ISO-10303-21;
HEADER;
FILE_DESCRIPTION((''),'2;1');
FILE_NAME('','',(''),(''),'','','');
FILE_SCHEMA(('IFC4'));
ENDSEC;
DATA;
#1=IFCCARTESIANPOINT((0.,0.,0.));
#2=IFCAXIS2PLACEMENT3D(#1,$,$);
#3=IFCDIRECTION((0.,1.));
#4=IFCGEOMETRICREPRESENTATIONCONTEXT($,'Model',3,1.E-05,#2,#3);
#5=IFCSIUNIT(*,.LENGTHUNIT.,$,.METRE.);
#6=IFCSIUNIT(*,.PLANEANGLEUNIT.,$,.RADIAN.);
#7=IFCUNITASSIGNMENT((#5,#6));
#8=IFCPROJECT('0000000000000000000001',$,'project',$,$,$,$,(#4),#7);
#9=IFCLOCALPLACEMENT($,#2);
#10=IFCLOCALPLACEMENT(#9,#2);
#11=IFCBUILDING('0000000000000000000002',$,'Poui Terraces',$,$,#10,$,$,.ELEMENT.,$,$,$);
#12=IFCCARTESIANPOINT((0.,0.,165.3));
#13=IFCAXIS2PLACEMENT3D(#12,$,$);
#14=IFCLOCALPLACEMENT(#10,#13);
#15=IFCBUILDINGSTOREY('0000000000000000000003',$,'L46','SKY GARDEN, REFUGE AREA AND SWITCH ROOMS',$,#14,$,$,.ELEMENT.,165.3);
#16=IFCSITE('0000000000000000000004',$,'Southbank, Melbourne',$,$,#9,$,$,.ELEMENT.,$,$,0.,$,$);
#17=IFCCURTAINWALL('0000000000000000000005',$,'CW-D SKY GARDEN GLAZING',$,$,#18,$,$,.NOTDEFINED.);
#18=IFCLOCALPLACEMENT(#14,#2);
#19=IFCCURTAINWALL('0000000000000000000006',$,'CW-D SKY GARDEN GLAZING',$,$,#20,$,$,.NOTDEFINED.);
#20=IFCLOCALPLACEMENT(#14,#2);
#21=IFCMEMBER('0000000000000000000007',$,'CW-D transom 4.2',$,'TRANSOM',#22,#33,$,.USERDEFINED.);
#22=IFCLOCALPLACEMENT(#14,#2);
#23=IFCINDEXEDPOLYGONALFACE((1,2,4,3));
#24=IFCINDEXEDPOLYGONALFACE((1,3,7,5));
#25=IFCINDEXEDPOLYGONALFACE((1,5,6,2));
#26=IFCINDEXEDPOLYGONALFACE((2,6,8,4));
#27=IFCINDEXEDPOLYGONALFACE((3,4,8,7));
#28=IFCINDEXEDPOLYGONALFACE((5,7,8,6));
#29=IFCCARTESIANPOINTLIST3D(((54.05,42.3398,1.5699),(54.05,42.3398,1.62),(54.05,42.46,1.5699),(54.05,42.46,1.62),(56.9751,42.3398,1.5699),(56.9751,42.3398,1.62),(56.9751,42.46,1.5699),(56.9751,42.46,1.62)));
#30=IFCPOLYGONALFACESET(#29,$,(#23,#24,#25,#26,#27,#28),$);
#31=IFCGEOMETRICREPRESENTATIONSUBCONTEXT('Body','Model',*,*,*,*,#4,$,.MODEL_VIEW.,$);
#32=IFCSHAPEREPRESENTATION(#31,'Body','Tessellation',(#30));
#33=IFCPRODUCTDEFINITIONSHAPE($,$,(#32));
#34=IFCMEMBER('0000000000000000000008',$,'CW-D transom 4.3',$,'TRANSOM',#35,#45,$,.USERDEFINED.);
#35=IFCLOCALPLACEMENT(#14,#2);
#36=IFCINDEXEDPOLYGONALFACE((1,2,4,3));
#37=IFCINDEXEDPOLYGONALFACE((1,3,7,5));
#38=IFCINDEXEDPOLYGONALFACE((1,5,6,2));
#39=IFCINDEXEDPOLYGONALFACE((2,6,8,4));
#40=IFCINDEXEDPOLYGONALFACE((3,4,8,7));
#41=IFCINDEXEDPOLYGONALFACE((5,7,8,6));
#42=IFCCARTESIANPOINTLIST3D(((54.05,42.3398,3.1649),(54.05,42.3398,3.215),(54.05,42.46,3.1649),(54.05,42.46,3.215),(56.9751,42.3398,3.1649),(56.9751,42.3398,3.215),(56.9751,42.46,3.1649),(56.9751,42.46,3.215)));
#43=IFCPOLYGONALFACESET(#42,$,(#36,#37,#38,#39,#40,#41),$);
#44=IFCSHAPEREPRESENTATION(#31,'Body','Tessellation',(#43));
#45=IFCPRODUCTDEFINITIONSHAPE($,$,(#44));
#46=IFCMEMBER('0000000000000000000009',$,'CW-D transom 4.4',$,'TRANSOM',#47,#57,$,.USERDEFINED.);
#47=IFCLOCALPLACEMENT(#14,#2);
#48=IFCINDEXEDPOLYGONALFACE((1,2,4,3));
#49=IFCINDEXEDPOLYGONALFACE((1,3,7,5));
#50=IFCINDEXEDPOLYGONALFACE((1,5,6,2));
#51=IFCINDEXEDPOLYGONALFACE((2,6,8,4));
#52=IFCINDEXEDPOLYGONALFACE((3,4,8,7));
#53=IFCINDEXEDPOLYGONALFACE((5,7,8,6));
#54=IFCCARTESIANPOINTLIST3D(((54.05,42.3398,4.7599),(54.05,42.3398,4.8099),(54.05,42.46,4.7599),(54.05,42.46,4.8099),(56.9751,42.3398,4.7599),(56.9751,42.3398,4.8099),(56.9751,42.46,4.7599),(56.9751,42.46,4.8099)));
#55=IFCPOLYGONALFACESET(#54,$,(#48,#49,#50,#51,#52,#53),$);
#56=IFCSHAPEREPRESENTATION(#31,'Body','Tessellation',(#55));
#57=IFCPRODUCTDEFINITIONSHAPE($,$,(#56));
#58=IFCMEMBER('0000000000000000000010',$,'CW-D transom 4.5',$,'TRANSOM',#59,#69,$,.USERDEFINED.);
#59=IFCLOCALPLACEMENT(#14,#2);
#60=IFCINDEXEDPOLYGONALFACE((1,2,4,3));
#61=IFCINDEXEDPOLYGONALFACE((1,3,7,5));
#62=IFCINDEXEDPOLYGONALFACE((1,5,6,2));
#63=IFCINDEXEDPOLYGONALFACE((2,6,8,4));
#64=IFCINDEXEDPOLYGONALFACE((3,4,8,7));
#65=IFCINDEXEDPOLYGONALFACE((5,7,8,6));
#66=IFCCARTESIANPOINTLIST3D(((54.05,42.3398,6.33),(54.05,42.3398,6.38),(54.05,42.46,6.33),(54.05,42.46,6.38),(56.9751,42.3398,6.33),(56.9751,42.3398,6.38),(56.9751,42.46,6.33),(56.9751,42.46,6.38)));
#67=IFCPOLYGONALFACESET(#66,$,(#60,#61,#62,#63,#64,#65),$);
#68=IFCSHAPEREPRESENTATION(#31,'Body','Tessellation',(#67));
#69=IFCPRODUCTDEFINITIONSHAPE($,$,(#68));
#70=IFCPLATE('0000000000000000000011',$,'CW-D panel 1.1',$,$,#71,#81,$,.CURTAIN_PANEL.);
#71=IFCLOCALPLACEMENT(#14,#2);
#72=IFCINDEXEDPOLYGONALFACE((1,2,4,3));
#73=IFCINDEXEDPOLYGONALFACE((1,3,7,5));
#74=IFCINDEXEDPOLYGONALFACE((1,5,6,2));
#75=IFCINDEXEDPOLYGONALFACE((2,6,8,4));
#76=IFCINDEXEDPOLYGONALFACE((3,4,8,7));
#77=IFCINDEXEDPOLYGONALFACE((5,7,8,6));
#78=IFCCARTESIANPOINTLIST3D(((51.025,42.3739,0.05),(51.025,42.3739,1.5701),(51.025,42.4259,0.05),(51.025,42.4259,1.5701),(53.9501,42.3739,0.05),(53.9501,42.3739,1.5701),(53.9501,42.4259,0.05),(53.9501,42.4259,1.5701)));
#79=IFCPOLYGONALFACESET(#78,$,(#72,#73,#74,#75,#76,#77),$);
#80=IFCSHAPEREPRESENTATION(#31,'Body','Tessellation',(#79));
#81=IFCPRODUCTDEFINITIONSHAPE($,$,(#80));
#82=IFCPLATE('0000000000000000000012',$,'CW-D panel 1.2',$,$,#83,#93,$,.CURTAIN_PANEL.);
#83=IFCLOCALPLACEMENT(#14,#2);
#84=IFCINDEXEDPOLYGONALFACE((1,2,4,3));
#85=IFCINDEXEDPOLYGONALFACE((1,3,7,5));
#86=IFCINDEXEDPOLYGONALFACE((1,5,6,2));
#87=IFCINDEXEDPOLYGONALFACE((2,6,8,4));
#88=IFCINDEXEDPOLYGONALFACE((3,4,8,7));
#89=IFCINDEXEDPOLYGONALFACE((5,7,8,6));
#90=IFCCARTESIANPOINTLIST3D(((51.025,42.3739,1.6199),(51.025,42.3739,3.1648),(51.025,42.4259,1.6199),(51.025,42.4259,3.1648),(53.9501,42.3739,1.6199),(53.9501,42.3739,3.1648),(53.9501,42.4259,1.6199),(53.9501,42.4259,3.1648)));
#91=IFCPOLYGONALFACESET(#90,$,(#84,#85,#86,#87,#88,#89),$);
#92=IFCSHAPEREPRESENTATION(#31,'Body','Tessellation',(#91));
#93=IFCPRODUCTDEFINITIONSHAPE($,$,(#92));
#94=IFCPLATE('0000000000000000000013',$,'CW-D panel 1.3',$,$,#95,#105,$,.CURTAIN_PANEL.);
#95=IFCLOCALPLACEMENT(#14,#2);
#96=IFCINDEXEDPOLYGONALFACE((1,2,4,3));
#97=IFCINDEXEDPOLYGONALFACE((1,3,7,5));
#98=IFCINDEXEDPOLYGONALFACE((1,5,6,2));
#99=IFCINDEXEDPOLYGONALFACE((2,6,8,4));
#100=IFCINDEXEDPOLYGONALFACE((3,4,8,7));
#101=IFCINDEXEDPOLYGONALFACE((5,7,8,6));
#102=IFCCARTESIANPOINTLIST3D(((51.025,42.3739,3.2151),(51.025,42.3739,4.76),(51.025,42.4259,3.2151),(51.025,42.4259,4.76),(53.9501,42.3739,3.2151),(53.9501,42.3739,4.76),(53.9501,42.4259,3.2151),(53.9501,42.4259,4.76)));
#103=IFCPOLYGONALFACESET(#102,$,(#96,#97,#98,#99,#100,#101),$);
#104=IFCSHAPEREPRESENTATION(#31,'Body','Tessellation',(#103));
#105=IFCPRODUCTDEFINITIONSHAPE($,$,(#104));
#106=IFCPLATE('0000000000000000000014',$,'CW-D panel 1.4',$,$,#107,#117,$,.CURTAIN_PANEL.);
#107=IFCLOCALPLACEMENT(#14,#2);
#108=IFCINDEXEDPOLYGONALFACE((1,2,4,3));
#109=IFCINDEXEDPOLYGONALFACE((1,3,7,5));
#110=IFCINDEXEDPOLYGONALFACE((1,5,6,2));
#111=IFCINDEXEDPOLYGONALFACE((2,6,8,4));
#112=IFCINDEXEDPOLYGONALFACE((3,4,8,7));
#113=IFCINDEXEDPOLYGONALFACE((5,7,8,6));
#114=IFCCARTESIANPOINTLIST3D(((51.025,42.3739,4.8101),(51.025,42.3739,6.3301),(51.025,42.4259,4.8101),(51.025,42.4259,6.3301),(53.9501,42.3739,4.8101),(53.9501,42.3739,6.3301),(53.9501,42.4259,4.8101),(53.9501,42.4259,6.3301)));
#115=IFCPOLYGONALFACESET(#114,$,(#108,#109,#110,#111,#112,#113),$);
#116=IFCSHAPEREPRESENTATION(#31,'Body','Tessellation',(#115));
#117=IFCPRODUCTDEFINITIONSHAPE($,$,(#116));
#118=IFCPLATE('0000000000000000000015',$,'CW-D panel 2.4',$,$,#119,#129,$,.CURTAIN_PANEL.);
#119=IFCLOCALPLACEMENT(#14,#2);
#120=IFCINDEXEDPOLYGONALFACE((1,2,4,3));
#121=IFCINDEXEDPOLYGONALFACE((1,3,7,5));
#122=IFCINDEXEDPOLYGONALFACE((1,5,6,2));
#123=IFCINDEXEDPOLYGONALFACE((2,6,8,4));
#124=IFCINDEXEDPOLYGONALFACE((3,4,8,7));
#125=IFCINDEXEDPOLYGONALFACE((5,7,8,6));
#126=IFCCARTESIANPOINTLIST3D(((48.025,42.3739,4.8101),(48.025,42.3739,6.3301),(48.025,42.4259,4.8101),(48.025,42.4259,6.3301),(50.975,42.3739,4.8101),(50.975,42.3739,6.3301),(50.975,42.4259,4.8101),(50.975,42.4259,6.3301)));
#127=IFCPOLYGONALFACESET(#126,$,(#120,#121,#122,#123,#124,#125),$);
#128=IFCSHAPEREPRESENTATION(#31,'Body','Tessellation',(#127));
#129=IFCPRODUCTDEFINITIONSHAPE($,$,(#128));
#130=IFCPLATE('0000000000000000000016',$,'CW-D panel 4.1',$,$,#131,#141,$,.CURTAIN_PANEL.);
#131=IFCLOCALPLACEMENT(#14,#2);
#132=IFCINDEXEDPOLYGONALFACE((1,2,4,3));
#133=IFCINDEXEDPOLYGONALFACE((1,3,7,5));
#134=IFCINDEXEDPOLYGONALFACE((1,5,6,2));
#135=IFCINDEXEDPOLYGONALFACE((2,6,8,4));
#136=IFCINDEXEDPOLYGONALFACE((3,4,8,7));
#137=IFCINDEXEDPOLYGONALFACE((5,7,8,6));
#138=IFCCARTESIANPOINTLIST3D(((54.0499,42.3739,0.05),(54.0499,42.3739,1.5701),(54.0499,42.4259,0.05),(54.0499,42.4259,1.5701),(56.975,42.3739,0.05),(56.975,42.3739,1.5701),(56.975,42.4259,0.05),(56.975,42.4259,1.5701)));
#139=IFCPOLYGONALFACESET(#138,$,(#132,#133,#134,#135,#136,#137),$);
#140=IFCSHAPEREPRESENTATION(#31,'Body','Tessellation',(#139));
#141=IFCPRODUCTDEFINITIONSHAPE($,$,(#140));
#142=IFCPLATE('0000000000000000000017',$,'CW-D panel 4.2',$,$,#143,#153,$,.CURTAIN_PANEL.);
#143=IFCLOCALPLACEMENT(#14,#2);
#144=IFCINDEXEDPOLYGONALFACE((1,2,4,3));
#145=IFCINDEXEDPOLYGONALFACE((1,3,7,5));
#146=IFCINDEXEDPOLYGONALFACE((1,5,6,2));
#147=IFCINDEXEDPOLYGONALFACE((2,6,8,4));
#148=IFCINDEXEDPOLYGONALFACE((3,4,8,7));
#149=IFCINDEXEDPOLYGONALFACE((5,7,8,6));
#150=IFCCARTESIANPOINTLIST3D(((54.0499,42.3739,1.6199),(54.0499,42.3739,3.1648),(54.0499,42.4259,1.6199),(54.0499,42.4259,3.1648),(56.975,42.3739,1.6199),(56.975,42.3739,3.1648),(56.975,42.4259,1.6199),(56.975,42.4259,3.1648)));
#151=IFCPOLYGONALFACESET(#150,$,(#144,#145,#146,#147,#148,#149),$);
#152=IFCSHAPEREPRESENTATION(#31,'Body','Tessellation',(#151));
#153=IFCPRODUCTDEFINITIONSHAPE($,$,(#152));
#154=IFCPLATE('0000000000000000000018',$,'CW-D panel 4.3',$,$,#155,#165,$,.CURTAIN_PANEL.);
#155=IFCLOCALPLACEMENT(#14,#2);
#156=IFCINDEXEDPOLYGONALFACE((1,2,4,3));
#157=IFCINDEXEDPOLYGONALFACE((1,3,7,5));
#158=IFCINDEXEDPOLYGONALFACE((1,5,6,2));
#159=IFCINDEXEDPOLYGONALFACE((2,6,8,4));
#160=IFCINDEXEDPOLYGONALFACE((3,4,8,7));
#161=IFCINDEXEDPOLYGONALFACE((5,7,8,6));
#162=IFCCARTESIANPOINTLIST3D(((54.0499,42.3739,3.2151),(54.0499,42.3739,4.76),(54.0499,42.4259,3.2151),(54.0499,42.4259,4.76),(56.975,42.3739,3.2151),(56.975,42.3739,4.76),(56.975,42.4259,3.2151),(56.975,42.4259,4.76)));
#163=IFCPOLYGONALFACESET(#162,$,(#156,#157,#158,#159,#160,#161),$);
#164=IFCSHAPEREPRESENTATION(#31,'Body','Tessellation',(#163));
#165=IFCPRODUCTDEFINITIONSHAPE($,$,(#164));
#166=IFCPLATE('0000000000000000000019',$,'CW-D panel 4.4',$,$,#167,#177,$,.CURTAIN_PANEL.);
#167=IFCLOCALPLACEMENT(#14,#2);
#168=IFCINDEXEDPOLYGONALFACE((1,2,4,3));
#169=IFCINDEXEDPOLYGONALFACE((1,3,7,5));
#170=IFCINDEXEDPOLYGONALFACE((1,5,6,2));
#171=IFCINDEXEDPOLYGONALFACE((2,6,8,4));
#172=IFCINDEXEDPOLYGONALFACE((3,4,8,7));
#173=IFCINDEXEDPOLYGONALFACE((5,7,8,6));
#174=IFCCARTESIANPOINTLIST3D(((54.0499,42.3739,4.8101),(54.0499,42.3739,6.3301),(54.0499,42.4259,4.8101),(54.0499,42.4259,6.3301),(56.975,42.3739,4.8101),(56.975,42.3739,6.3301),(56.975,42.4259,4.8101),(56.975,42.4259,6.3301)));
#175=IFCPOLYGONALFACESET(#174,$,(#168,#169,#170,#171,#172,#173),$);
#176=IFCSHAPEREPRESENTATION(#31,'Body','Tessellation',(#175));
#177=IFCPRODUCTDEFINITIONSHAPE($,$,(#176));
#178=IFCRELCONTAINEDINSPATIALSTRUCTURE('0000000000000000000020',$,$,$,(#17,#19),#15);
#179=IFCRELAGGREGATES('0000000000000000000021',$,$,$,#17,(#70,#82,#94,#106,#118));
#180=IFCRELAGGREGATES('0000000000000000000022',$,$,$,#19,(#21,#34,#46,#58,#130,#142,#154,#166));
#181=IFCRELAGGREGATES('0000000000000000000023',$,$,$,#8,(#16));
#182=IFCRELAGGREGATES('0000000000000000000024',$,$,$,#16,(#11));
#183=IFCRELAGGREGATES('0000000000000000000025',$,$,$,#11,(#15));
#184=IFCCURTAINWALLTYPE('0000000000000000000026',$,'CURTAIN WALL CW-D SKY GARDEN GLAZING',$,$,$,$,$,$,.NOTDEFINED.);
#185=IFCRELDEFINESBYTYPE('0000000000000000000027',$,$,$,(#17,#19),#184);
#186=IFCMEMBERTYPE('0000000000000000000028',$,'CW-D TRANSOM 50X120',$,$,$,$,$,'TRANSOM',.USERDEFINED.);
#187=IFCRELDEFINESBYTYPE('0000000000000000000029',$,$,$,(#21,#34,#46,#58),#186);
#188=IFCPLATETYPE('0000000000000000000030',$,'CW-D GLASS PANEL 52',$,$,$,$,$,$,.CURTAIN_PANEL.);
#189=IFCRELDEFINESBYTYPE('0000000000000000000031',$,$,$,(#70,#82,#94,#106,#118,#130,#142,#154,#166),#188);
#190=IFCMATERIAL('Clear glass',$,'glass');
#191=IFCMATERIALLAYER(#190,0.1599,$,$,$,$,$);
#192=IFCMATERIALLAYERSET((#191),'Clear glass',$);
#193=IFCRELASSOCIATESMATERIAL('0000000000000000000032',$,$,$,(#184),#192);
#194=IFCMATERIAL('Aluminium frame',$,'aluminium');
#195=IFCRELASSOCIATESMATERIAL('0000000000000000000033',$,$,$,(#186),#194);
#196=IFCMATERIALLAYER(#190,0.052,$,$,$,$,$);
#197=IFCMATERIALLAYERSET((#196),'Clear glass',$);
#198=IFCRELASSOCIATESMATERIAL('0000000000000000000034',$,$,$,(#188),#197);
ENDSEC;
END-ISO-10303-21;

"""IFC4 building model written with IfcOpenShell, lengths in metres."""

from ifc_helpers import new_model, si_unit, direction, frame, origin, origin_2d, place, context, subcontext, project, spatial, rectangle, extrude, material, layer, layer_set, material_profile, profile_set, type_object, element, aggregate, save


model = new_model("IFC4")

# Units and contexts
model_context = context("Model", 3, precision=1e-05, world=origin(), true_north=direction((0.0, 1.0)))
body_context = subcontext(model_context, "Body", "Model", "MODEL_VIEW")
ifc_project = project(units=[si_unit("LENGTHUNIT", "METRE"), si_unit("PLANEANGLEUNIT", "RADIAN")], contexts=[model_context])

# Site, building, storey
site_placement = place(None, origin())
site = spatial("IfcSite", under=ifc_project, at=site_placement, Name="Southbank, Melbourne", CompositionType="ELEMENT", RefElevation=0.0)
building_placement = place(site_placement, origin())
building = spatial("IfcBuilding", under=site, at=building_placement, Name="Poui Terraces", CompositionType="ELEMENT")
storey_placement = place(building_placement, frame((0.0, 0.0, 165.3)))
storey = spatial("IfcBuildingStorey", under=building, at=storey_placement, Name="L46", Description="SKY GARDEN, REFUGE AREA AND SWITCH ROOMS", CompositionType="ELEMENT", Elevation=165.3)

# Curtain walls
ifc_material_1 = material(Name="Clear glass", Category="glass")
ifc_layer_1 = layer(ifc_material_1, 0.1599)
ifc_layer_set_1 = layer_set([ifc_layer_1], Name="Clear glass")
curtain_wall_type = type_object("IfcCurtainWallType", Name="CURTAIN WALL CW-D SKY GARDEN GLAZING", PredefinedType="NOTDEFINED", material=ifc_layer_set_1)
curtain_wall_1_placement = place(storey_placement, origin())
curtain_wall_1 = element("IfcCurtainWall", 1, at=curtain_wall_1_placement, inside=storey, type_object=curtain_wall_type, Name="CW-D SKY GARDEN GLAZING", PredefinedType="NOTDEFINED")
ifc_material_2 = material(Name="Aluminium frame", Category="aluminium")
curtain_wall_2_placement = place(storey_placement, origin())
curtain_wall_2 = element("IfcCurtainWall", 2, at=curtain_wall_2_placement, inside=storey, type_object=curtain_wall_type, Name="CW-D SKY GARDEN GLAZING", PredefinedType="NOTDEFINED")

# Members
ifc_material_profile_1 = material_profile(ifc_material_2, rectangle(XDim=0.1201, YDim=0.05, at=origin_2d()), Name="CW-D TRANSOM 50X120")
ifc_profile_set_1 = profile_set([ifc_material_profile_1], Name="Aluminium frame")
member_type_1 = type_object("IfcMemberType", Name="CW-D TRANSOM 50X120", ElementType="TRANSOM", PredefinedType="USERDEFINED", material=ifc_profile_set_1)
member_1_placement = place(storey_placement, frame((56.9751, 42.3999, 1.595), z_axis=(-1.0, 0.0, 0.0), x_axis=(0.0, -1.0, 0.0)))
member_1 = element("IfcMember", 3, at=member_1_placement, type_object=member_type_1, Name="CW-D transom 4.2", ObjectType="TRANSOM", PredefinedType="USERDEFINED", context=body_context, shape_type="SweptSolid", body=[
    extrude(rectangle(XDim=0.1201, YDim=0.05, at=origin_2d()), origin(), (0.0, 0.0, 1.0), 2.925),
])
member_2_placement = place(storey_placement, frame((56.9751, 42.3999, 3.1899), z_axis=(-1.0, 0.0, 0.0), x_axis=(0.0, -1.0, 0.0)))
member_2 = element("IfcMember", 4, at=member_2_placement, type_object=member_type_1, Name="CW-D transom 4.3", ObjectType="TRANSOM", PredefinedType="USERDEFINED", context=body_context, shape_type="SweptSolid", body=[
    extrude(rectangle(XDim=0.1201, YDim=0.05, at=origin_2d()), origin(), (0.0, 0.0, 1.0), 2.925),
])
member_3_placement = place(storey_placement, frame((56.9751, 42.3999, 4.7849), z_axis=(-1.0, 0.0, 0.0), x_axis=(0.0, -1.0, 0.0)))
member_3 = element("IfcMember", 5, at=member_3_placement, type_object=member_type_1, Name="CW-D transom 4.4", ObjectType="TRANSOM", PredefinedType="USERDEFINED", context=body_context, shape_type="SweptSolid", body=[
    extrude(rectangle(XDim=0.1201, YDim=0.05, at=origin_2d()), origin(), (0.0, 0.0, 1.0), 2.925),
])
member_4_placement = place(storey_placement, frame((56.9751, 42.3999, 6.355), z_axis=(-1.0, 0.0, 0.0), x_axis=(0.0, -1.0, 0.0)))
member_4 = element("IfcMember", 6, at=member_4_placement, type_object=member_type_1, Name="CW-D transom 4.5", ObjectType="TRANSOM", PredefinedType="USERDEFINED", context=body_context, shape_type="SweptSolid", body=[
    extrude(rectangle(XDim=0.1201, YDim=0.05, at=origin_2d()), origin(), (0.0, 0.0, 1.0), 2.925),
])

# Plates
ifc_layer_2 = layer(ifc_material_1, 0.052)
ifc_layer_set_2 = layer_set([ifc_layer_2], Name="Clear glass")
plate_type = type_object("IfcPlateType", Name="CW-D GLASS PANEL 52", PredefinedType="CURTAIN_PANEL", material=ifc_layer_set_2)
plate_1_placement = place(storey_placement, frame((52.4875, 42.3999, 0.05), z_axis=(0.0, 0.0, 1.0), x_axis=(-1.0, 0.0, 0.0)))
plate_1 = element("IfcPlate", 7, at=plate_1_placement, type_object=plate_type, Name="CW-D panel 1.1", PredefinedType="CURTAIN_PANEL", context=body_context, shape_type="SweptSolid", body=[
    extrude(rectangle(XDim=2.925, YDim=0.052, at=origin_2d()), origin(), (0.0, 0.0, 1.0), 1.52),
])
plate_2_placement = place(storey_placement, frame((52.4875, 42.3999, 1.6199), z_axis=(0.0, 0.0, 1.0), x_axis=(-1.0, 0.0, 0.0)))
plate_2 = element("IfcPlate", 8, at=plate_2_placement, type_object=plate_type, Name="CW-D panel 1.2", PredefinedType="CURTAIN_PANEL", context=body_context, shape_type="SweptSolid", body=[
    extrude(rectangle(XDim=2.925, YDim=0.052, at=origin_2d()), origin(), (0.0, 0.0, 1.0), 1.5449),
])
plate_3_placement = place(storey_placement, frame((52.4875, 42.3999, 3.2151), z_axis=(0.0, 0.0, 1.0), x_axis=(-1.0, 0.0, 0.0)))
plate_3 = element("IfcPlate", 9, at=plate_3_placement, type_object=plate_type, Name="CW-D panel 1.3", PredefinedType="CURTAIN_PANEL", context=body_context, shape_type="SweptSolid", body=[
    extrude(rectangle(XDim=2.925, YDim=0.052, at=origin_2d()), origin(), (0.0, 0.0, 1.0), 1.5449),
])
plate_4_placement = place(storey_placement, frame((52.4875, 42.3999, 4.8101), z_axis=(0.0, 0.0, 1.0), x_axis=(-1.0, 0.0, 0.0)))
plate_4 = element("IfcPlate", 10, at=plate_4_placement, type_object=plate_type, Name="CW-D panel 1.4", PredefinedType="CURTAIN_PANEL", context=body_context, shape_type="SweptSolid", body=[
    extrude(rectangle(XDim=2.925, YDim=0.052, at=origin_2d()), origin(), (0.0, 0.0, 1.0), 1.52),
])
plate_5_placement = place(storey_placement, frame((49.5, 42.3999, 4.8101), z_axis=(0.0, 0.0, 1.0), x_axis=(-1.0, 0.0, 0.0)))
plate_5 = element("IfcPlate", 11, at=plate_5_placement, type_object=plate_type, Name="CW-D panel 2.4", PredefinedType="CURTAIN_PANEL", context=body_context, shape_type="SweptSolid", body=[
    extrude(rectangle(XDim=2.95, YDim=0.052, at=origin_2d()), origin(), (0.0, 0.0, 1.0), 1.52),
])
aggregate(curtain_wall_1, [plate_1, plate_2, plate_3, plate_4, plate_5])
plate_6_placement = place(storey_placement, frame((55.5125, 42.3999, 0.05), z_axis=(0.0, 0.0, 1.0), x_axis=(-1.0, 0.0, 0.0)))
plate_6 = element("IfcPlate", 12, at=plate_6_placement, type_object=plate_type, Name="CW-D panel 4.1", PredefinedType="CURTAIN_PANEL", context=body_context, shape_type="SweptSolid", body=[
    extrude(rectangle(XDim=2.925, YDim=0.052, at=origin_2d()), origin(), (0.0, 0.0, 1.0), 1.52),
])
plate_7_placement = place(storey_placement, frame((55.5125, 42.3999, 1.6199), z_axis=(0.0, 0.0, 1.0), x_axis=(-1.0, 0.0, 0.0)))
plate_7 = element("IfcPlate", 13, at=plate_7_placement, type_object=plate_type, Name="CW-D panel 4.2", PredefinedType="CURTAIN_PANEL", context=body_context, shape_type="SweptSolid", body=[
    extrude(rectangle(XDim=2.925, YDim=0.052, at=origin_2d()), origin(), (0.0, 0.0, 1.0), 1.5449),
])
plate_8_placement = place(storey_placement, frame((55.5125, 42.3999, 3.2151), z_axis=(0.0, 0.0, 1.0), x_axis=(-1.0, 0.0, 0.0)))
plate_8 = element("IfcPlate", 14, at=plate_8_placement, type_object=plate_type, Name="CW-D panel 4.3", PredefinedType="CURTAIN_PANEL", context=body_context, shape_type="SweptSolid", body=[
    extrude(rectangle(XDim=2.925, YDim=0.052, at=origin_2d()), origin(), (0.0, 0.0, 1.0), 1.5449),
])
plate_9_placement = place(storey_placement, frame((55.5125, 42.3999, 4.8101), z_axis=(0.0, 0.0, 1.0), x_axis=(-1.0, 0.0, 0.0)))
plate_9 = element("IfcPlate", 15, at=plate_9_placement, type_object=plate_type, Name="CW-D panel 4.4", PredefinedType="CURTAIN_PANEL", context=body_context, shape_type="SweptSolid", body=[
    extrude(rectangle(XDim=2.925, YDim=0.052, at=origin_2d()), origin(), (0.0, 0.0, 1.0), 1.52),
])
aggregate(curtain_wall_2, [member_1, member_2, member_3, member_4, plate_6, plate_7, plate_8, plate_9])

save(model, "model.ifc")
